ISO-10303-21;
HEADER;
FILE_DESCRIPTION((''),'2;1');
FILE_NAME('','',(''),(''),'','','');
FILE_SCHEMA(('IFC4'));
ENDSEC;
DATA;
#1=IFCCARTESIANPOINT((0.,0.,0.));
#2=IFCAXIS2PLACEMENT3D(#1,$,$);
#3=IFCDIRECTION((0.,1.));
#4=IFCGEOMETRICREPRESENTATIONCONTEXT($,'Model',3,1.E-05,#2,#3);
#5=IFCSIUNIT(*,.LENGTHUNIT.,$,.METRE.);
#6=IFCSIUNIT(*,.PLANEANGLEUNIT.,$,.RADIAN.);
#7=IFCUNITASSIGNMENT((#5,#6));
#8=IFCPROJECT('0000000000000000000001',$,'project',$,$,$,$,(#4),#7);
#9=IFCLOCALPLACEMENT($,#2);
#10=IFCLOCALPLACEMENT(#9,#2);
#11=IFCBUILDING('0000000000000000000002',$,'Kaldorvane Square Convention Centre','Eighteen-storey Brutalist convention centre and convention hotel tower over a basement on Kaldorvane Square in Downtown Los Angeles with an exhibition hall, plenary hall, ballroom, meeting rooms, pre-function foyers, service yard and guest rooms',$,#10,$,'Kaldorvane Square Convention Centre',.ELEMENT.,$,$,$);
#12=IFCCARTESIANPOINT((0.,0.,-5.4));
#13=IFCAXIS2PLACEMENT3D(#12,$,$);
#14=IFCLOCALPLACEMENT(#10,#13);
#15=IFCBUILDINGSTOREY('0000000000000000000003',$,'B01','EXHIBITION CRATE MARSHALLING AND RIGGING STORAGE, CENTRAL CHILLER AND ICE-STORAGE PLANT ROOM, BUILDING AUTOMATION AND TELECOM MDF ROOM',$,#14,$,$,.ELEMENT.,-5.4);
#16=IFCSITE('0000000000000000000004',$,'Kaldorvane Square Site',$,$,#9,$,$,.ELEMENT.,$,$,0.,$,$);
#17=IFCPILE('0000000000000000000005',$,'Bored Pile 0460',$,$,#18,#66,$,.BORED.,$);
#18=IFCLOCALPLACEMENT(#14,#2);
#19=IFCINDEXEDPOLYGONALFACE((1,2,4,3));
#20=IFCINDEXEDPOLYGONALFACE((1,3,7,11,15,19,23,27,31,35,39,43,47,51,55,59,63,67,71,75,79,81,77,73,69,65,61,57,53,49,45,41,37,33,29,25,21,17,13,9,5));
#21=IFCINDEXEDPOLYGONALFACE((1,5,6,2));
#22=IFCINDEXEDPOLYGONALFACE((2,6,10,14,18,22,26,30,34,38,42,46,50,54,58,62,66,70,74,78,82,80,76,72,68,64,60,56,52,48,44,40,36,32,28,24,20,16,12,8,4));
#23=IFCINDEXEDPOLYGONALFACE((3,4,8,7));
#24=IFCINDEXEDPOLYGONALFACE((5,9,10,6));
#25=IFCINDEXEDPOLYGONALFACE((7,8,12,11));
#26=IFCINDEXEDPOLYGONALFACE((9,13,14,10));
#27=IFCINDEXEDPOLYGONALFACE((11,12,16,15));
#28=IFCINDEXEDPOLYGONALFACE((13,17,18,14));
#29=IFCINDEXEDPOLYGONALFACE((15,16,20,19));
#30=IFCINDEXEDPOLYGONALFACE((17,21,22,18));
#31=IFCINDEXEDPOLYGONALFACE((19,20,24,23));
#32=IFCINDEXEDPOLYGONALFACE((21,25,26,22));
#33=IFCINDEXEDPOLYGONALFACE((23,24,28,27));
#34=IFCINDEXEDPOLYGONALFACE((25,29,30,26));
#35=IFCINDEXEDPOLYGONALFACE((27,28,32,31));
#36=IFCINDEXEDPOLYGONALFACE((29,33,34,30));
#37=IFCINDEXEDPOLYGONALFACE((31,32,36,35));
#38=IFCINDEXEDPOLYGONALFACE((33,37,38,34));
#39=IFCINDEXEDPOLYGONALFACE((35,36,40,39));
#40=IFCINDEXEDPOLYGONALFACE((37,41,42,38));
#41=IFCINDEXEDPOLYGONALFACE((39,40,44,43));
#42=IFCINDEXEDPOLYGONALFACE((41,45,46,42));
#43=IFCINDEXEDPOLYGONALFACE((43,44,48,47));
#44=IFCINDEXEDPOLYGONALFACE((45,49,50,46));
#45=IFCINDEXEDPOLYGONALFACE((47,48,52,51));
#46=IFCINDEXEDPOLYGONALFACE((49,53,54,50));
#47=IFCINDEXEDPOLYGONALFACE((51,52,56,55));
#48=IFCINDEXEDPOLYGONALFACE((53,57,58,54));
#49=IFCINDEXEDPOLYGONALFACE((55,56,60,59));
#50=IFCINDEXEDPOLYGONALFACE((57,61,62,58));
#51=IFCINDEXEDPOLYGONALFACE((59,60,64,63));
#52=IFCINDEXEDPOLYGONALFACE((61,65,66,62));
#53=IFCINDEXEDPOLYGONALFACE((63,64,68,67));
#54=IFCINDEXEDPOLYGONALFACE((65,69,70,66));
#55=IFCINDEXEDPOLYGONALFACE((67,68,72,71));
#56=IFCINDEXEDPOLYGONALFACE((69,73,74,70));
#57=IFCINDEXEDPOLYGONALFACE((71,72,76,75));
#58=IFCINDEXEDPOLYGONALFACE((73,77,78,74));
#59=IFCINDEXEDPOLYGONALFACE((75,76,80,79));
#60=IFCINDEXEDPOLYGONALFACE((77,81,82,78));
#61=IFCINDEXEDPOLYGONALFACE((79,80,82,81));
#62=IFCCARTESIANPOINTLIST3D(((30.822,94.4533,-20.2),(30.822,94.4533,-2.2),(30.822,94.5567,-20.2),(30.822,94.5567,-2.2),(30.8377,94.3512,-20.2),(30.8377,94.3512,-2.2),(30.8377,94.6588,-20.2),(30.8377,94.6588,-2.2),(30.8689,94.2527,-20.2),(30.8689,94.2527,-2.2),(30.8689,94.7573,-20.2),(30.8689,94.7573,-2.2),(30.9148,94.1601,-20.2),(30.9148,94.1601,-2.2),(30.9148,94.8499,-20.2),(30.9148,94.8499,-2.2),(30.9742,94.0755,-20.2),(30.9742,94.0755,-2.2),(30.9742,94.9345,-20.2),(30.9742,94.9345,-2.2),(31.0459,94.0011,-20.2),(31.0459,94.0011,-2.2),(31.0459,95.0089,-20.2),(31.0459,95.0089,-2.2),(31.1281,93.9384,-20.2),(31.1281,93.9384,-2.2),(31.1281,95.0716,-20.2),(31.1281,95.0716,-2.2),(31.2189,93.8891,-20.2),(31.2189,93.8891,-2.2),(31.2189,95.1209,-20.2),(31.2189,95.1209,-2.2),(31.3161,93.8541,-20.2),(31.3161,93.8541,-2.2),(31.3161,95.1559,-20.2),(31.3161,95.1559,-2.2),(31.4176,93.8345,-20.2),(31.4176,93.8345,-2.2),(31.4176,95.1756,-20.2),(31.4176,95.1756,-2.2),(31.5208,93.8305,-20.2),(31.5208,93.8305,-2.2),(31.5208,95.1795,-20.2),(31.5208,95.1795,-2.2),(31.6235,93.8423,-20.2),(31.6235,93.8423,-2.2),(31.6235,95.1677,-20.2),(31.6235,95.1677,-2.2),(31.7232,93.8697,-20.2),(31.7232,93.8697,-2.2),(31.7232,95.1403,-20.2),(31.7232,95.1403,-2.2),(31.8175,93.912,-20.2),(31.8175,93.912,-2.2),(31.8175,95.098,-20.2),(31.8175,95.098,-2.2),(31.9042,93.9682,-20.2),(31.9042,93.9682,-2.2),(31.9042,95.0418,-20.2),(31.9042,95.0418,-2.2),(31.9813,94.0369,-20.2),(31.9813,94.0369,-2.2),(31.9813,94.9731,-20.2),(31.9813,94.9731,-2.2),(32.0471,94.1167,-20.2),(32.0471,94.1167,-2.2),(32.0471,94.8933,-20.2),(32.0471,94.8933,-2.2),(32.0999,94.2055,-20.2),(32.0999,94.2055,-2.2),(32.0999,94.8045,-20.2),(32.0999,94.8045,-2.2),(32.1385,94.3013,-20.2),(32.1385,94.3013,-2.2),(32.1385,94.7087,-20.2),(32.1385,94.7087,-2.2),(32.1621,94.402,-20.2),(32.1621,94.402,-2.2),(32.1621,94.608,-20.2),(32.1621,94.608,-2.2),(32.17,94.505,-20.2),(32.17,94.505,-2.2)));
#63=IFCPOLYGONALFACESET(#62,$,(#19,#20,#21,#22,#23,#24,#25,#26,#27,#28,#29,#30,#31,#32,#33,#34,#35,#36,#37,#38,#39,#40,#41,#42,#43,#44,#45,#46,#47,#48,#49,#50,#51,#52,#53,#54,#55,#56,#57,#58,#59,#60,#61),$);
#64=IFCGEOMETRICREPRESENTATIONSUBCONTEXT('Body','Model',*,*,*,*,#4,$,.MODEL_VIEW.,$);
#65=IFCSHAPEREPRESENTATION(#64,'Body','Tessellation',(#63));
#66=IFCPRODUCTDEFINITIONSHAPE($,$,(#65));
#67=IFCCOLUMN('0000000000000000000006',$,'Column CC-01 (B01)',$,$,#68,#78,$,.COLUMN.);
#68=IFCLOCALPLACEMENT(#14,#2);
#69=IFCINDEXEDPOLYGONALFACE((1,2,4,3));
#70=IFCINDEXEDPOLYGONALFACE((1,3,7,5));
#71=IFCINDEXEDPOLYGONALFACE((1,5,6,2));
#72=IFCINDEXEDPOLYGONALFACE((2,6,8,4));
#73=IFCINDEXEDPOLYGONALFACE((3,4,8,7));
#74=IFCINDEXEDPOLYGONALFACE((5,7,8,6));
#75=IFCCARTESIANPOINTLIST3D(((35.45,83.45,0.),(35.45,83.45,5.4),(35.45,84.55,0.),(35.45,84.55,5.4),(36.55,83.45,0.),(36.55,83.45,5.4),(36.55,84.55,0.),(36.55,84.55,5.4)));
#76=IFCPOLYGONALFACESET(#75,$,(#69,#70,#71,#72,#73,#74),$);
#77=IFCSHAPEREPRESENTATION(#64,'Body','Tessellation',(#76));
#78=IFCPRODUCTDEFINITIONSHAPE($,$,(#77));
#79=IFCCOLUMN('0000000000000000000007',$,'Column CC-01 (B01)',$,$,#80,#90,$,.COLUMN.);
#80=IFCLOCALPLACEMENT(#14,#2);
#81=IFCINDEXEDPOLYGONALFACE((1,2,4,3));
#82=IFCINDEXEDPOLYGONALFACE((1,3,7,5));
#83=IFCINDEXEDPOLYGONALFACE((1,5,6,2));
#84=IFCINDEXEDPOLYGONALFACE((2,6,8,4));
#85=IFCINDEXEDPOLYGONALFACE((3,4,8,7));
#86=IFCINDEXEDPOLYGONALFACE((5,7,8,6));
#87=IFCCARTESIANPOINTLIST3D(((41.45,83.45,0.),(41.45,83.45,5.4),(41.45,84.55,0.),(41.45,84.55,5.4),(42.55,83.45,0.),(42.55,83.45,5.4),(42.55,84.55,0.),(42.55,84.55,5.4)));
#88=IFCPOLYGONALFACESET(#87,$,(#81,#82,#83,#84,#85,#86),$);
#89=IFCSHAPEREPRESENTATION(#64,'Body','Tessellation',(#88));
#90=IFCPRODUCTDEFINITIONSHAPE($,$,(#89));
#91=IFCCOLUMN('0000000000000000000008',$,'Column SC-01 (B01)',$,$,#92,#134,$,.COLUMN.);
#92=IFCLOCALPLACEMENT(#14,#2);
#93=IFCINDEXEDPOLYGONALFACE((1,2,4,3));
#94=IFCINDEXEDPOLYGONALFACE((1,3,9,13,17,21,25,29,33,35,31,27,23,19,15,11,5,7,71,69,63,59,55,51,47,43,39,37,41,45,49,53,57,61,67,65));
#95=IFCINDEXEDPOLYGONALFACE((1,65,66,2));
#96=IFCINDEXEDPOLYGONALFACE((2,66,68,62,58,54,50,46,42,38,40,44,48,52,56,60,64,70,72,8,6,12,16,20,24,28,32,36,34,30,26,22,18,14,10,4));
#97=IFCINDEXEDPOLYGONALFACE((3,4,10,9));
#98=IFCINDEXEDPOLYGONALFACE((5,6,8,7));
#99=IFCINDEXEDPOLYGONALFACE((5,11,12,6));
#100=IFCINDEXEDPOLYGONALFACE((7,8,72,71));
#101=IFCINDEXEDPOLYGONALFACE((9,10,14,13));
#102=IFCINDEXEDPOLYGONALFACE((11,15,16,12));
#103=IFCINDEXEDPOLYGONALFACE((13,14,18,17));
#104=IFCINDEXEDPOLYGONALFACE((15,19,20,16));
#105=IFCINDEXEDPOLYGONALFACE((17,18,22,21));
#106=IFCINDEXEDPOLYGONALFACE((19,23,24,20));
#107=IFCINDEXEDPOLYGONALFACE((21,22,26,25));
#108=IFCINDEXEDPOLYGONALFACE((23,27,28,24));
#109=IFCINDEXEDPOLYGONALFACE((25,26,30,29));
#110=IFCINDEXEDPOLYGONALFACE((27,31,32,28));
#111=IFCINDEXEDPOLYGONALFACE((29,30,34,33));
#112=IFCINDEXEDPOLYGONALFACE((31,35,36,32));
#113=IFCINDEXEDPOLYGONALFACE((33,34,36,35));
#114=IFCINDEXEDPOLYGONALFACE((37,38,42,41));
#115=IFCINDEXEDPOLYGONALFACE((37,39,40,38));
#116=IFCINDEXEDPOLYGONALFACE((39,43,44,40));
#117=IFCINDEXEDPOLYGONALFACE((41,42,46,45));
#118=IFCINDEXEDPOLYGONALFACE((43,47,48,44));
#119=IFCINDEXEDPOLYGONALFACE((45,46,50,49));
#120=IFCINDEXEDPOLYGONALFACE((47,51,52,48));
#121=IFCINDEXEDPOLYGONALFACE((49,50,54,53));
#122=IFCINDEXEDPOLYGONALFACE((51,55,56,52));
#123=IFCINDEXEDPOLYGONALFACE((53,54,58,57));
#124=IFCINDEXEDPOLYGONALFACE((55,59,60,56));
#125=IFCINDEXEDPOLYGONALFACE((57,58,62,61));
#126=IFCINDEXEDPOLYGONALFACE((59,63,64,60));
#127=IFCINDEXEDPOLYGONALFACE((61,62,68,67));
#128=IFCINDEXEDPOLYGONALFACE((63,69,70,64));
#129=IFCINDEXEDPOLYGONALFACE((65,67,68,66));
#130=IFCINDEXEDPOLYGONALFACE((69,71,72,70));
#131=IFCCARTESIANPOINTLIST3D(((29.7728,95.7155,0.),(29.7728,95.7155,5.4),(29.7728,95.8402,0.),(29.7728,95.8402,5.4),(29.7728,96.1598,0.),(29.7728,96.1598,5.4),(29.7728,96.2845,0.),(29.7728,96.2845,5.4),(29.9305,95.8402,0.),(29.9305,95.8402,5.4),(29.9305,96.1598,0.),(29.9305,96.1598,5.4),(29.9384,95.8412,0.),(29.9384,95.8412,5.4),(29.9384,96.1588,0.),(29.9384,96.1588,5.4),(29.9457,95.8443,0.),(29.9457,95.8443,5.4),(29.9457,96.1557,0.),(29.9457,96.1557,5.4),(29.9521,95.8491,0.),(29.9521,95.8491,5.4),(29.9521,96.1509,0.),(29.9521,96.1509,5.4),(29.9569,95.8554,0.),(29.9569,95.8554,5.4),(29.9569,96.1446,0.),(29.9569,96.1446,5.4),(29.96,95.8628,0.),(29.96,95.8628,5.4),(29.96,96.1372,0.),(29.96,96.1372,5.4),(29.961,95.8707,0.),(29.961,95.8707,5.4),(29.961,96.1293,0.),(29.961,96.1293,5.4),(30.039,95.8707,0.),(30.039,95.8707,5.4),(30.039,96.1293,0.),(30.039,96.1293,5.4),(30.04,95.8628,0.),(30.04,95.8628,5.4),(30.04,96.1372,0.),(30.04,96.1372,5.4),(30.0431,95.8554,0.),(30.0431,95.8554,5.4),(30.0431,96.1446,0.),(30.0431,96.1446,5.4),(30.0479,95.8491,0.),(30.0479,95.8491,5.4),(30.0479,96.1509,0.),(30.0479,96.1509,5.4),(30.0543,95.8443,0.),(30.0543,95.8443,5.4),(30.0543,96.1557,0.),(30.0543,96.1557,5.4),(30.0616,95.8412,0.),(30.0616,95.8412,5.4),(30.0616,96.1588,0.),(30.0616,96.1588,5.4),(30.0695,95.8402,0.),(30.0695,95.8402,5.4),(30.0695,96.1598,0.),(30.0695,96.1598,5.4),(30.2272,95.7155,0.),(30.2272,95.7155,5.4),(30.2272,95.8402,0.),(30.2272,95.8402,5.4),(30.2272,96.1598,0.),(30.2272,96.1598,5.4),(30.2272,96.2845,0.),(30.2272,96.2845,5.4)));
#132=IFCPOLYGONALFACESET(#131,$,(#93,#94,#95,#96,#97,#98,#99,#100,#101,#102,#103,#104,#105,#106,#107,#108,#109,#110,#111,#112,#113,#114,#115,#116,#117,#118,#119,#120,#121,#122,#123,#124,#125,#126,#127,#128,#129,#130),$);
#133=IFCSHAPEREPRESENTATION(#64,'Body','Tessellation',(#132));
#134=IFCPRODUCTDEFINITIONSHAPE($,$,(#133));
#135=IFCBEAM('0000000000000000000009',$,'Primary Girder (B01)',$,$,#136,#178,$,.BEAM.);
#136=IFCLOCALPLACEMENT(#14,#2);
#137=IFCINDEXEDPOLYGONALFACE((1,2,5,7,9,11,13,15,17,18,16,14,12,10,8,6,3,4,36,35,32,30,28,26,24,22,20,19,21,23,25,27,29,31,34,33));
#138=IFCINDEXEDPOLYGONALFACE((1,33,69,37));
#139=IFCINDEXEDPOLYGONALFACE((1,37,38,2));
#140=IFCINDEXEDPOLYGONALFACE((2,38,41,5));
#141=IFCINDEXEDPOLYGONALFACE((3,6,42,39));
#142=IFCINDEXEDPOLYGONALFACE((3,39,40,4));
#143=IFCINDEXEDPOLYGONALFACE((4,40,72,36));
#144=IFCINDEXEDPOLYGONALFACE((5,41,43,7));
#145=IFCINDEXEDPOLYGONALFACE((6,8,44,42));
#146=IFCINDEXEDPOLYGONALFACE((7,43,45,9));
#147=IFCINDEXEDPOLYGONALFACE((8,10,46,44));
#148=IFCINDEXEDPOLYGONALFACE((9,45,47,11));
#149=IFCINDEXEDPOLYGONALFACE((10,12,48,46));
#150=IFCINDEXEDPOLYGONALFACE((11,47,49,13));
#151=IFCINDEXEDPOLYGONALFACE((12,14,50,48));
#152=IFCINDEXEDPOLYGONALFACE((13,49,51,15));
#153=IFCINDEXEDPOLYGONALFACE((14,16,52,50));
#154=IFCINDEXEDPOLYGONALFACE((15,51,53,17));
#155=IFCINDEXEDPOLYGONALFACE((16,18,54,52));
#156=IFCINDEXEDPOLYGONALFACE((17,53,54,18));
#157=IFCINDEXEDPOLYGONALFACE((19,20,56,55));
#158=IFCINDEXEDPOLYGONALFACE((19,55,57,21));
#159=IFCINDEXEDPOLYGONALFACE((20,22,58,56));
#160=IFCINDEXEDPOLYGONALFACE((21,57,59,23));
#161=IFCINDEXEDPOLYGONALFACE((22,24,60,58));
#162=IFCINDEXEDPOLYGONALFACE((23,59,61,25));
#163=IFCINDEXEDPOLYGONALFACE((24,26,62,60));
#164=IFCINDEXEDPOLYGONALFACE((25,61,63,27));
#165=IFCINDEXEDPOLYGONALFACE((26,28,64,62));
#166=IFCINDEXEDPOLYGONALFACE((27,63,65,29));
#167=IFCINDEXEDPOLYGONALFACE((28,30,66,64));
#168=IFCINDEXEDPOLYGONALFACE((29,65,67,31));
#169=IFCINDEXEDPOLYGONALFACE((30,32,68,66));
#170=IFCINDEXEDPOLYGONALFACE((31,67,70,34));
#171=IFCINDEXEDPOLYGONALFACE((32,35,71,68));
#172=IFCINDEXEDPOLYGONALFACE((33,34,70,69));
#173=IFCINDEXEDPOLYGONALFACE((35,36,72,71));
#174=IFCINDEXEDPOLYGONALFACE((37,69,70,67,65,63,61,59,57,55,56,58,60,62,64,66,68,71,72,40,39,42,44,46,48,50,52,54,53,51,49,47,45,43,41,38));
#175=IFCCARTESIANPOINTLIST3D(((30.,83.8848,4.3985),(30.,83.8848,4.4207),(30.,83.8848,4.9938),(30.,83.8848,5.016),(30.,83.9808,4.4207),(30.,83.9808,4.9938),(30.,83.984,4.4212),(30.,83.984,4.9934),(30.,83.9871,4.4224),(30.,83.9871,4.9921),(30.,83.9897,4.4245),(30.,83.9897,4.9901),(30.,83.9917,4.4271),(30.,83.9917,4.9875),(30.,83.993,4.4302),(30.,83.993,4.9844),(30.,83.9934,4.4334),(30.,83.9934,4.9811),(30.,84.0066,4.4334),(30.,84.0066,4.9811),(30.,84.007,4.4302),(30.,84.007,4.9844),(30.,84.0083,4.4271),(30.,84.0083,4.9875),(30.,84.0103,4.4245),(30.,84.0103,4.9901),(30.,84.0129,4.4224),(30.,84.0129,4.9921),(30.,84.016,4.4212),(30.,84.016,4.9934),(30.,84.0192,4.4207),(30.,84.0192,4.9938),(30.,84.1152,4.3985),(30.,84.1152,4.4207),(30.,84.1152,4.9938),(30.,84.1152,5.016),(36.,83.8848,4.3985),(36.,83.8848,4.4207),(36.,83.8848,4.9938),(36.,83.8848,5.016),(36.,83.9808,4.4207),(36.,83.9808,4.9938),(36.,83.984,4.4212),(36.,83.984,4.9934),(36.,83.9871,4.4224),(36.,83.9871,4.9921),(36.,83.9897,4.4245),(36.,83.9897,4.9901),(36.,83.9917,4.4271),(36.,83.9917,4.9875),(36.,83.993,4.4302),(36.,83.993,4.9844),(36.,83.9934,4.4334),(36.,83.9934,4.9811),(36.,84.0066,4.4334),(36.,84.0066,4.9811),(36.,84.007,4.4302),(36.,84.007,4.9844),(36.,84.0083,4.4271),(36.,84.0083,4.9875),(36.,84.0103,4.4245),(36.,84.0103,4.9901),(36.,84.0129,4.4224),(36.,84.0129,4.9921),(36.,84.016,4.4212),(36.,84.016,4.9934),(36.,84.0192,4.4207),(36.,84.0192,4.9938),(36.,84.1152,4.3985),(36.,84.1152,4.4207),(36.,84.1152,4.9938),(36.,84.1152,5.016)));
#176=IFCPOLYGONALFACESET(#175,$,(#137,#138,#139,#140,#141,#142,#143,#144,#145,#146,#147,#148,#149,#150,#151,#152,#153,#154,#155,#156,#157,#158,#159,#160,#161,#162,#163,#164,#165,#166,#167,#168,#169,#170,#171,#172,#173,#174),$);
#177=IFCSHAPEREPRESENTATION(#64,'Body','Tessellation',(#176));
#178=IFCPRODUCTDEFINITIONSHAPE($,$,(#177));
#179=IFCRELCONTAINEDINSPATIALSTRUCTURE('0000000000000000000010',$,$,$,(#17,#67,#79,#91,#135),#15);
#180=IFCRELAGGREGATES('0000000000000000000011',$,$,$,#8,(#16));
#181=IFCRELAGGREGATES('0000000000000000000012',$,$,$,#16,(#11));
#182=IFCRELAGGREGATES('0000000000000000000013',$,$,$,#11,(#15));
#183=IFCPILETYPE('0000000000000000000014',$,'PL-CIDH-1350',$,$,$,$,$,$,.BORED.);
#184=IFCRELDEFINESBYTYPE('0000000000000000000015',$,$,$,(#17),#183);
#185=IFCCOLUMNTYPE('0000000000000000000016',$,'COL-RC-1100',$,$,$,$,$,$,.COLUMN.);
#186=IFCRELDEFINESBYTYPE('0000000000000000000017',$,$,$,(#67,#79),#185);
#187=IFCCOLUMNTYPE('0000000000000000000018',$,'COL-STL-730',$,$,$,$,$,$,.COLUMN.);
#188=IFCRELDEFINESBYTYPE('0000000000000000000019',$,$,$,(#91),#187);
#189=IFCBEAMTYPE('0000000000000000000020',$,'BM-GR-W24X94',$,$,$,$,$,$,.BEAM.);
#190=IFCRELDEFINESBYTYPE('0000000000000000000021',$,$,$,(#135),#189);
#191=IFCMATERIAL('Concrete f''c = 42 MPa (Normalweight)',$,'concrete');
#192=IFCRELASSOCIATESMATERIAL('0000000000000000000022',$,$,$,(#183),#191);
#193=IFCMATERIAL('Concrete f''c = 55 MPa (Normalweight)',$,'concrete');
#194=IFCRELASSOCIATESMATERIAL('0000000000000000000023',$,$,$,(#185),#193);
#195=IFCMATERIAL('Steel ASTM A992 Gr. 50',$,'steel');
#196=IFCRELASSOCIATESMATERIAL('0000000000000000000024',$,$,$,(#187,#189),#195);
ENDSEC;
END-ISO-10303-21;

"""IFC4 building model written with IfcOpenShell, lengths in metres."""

from ifc_helpers import new_model, si_unit, direction, frame, origin, origin_2d, place, context, subcontext, project, spatial, rectangle, circle, i_section, extrude, material, material_profile, profile_set, type_object, element, save


model = new_model("IFC4")

# Units and contexts
model_context = context("Model", 3, precision=1e-05, world=origin(), true_north=direction((0.0, 1.0)))
body_context = subcontext(model_context, "Body", "Model", "MODEL_VIEW")
ifc_project = project(units=[si_unit("LENGTHUNIT", "METRE"), si_unit("PLANEANGLEUNIT", "RADIAN")], contexts=[model_context])

# Site, building, storey
site_placement = place(None, origin())
site = spatial("IfcSite", under=ifc_project, at=site_placement, Name="Kaldorvane Square Site", CompositionType="ELEMENT", RefElevation=0.0)
building_placement = place(site_placement, origin())
building = spatial("IfcBuilding", under=site, at=building_placement, Name="Kaldorvane Square Convention Centre", Description="Eighteen-storey Brutalist convention centre and convention hotel tower over a basement on Kaldorvane Square in Downtown Los Angeles with an exhibition hall, plenary hall, ballroom, meeting rooms, pre-function foyers, service yard and guest rooms", LongName="Kaldorvane Square Convention Centre", CompositionType="ELEMENT")
storey_placement = place(building_placement, frame((0.0, 0.0, -5.4)))
storey = spatial("IfcBuildingStorey", under=building, at=storey_placement, Name="B01", Description="EXHIBITION CRATE MARSHALLING AND RIGGING STORAGE, CENTRAL CHILLER AND ICE-STORAGE PLANT ROOM, BUILDING AUTOMATION AND TELECOM MDF ROOM", CompositionType="ELEMENT", Elevation=-5.4)

# Shared definitions
ifc_material_1 = material(Name="Concrete f'c = 42 MPa (Normalweight)", Category="concrete")

# Pile
ifc_material_profile_1 = material_profile(ifc_material_1, circle(Radius=0.675, at=origin_2d()), Name="PILE-D1350")
ifc_profile_set_1 = profile_set([ifc_material_profile_1], Name="Concrete f'c = 42 MPa (Normalweight)")
pile_type_1 = type_object("IfcPileType", Name="PL-CIDH-1350", PredefinedType="BORED", material=ifc_profile_set_1)
for number, where, z_axis, x_axis, name in (
    (1, (31.495, 94.505, -2.2), (0.0, 0.0, -1.0), (1.0, 0.0, 0.0), "Bored Pile 0460"),
):
    element("IfcPile", number, at=place(storey_placement, frame(where, z_axis=z_axis, x_axis=x_axis)), inside=storey, type_object=pile_type_1, Name=name, PredefinedType="BORED", context=body_context, shape_type="SweptSolid", body=[
        extrude(circle(Radius=0.675, at=origin_2d()), origin(), (0.0, 0.0, 1.0), 18.0),
    ])

# Columns
ifc_material_2 = material(Name="Concrete f'c = 55 MPa (Normalweight)", Category="concrete")
ifc_material_profile_2 = material_profile(ifc_material_2, rectangle(XDim=1.1, YDim=1.1, at=origin_2d()), Name="RC1100X1100")
ifc_profile_set_2 = profile_set([ifc_material_profile_2], Name="Concrete f'c = 55 MPa (Normalweight)")
column_type_1 = type_object("IfcColumnType", Name="COL-RC-1100", PredefinedType="COLUMN", material=ifc_profile_set_2)
for number, where, z_axis, x_axis, name in (
    (2, (36.0, 84.0, 0.0), (0.0, 0.0, 1.0), (1.0, 0.0, 0.0), "Column CC-01 (B01)"),
    (3, (42.0, 84.0, 0.0), (0.0, 0.0, 1.0), (1.0, 0.0, 0.0), "Column CC-01 (B01)"),
):
    element("IfcColumn", number, at=place(storey_placement, frame(where, z_axis=z_axis, x_axis=x_axis)), inside=storey, type_object=column_type_1, Name=name, PredefinedType="COLUMN", context=body_context, shape_type="SweptSolid", body=[
        extrude(rectangle(XDim=1.1, YDim=1.1, at=origin_2d()), origin(), (0.0, 0.0, 1.0), 5.4),
    ])
ifc_material_3 = material(Name="Steel ASTM A992 Gr. 50", Category="steel")
ifc_material_profile_3 = material_profile(ifc_material_3, i_section(OverallWidth=0.4544, OverallDepth=0.569, WebThickness=0.078, FlangeThickness=0.1247, FilletRadius=0.0305, at=origin_2d()), Name="W14X730")
ifc_profile_set_3 = profile_set([ifc_material_profile_3], Name="Steel ASTM A992 Gr. 50")
column_type_2 = type_object("IfcColumnType", Name="COL-STL-730", PredefinedType="COLUMN", material=ifc_profile_set_3)
column_placement = place(storey_placement, frame((30.0, 96.0, 0.0), z_axis=(0.0, 0.0, 1.0), x_axis=(1.0, 0.0, 0.0)))
element("IfcColumn", 4, at=column_placement, inside=storey, type_object=column_type_2, Name="Column SC-01 (B01)", PredefinedType="COLUMN", context=body_context, shape_type="SweptSolid", body=[
    extrude(i_section(OverallWidth=0.4544, OverallDepth=0.569, WebThickness=0.078, FlangeThickness=0.1247, FilletRadius=0.0305, at=origin_2d()), origin(), (0.0, 0.0, 1.0), 5.4),
])

# Beam
ifc_material_profile_4 = material_profile(ifc_material_3, i_section(OverallWidth=0.2303, OverallDepth=0.6175, WebThickness=0.0131, FlangeThickness=0.0222, FilletRadius=0.0127, at=origin_2d()), Name="W24X94")
ifc_profile_set_4 = profile_set([ifc_material_profile_4], Name="Steel ASTM A992 Gr. 50")
beam_type_1 = type_object("IfcBeamType", Name="BM-GR-W24X94", PredefinedType="BEAM", material=ifc_profile_set_4)
for number, where, z_axis, x_axis, name in (
    (5, (30.0, 84.0, 4.7073), (1.0, 0.0, 0.0), (0.0, 1.0, 0.0), "Primary Girder (B01)"),
):
    element("IfcBeam", number, at=place(storey_placement, frame(where, z_axis=z_axis, x_axis=x_axis)), inside=storey, type_object=beam_type_1, Name=name, PredefinedType="BEAM", context=body_context, shape_type="SweptSolid", body=[
        extrude(i_section(OverallWidth=0.2303, OverallDepth=0.6175, WebThickness=0.0131, FlangeThickness=0.0222, FilletRadius=0.0127, at=origin_2d()), origin(), (0.0, 0.0, 1.0), 6.0),
    ])

save(model, "model.ifc")
